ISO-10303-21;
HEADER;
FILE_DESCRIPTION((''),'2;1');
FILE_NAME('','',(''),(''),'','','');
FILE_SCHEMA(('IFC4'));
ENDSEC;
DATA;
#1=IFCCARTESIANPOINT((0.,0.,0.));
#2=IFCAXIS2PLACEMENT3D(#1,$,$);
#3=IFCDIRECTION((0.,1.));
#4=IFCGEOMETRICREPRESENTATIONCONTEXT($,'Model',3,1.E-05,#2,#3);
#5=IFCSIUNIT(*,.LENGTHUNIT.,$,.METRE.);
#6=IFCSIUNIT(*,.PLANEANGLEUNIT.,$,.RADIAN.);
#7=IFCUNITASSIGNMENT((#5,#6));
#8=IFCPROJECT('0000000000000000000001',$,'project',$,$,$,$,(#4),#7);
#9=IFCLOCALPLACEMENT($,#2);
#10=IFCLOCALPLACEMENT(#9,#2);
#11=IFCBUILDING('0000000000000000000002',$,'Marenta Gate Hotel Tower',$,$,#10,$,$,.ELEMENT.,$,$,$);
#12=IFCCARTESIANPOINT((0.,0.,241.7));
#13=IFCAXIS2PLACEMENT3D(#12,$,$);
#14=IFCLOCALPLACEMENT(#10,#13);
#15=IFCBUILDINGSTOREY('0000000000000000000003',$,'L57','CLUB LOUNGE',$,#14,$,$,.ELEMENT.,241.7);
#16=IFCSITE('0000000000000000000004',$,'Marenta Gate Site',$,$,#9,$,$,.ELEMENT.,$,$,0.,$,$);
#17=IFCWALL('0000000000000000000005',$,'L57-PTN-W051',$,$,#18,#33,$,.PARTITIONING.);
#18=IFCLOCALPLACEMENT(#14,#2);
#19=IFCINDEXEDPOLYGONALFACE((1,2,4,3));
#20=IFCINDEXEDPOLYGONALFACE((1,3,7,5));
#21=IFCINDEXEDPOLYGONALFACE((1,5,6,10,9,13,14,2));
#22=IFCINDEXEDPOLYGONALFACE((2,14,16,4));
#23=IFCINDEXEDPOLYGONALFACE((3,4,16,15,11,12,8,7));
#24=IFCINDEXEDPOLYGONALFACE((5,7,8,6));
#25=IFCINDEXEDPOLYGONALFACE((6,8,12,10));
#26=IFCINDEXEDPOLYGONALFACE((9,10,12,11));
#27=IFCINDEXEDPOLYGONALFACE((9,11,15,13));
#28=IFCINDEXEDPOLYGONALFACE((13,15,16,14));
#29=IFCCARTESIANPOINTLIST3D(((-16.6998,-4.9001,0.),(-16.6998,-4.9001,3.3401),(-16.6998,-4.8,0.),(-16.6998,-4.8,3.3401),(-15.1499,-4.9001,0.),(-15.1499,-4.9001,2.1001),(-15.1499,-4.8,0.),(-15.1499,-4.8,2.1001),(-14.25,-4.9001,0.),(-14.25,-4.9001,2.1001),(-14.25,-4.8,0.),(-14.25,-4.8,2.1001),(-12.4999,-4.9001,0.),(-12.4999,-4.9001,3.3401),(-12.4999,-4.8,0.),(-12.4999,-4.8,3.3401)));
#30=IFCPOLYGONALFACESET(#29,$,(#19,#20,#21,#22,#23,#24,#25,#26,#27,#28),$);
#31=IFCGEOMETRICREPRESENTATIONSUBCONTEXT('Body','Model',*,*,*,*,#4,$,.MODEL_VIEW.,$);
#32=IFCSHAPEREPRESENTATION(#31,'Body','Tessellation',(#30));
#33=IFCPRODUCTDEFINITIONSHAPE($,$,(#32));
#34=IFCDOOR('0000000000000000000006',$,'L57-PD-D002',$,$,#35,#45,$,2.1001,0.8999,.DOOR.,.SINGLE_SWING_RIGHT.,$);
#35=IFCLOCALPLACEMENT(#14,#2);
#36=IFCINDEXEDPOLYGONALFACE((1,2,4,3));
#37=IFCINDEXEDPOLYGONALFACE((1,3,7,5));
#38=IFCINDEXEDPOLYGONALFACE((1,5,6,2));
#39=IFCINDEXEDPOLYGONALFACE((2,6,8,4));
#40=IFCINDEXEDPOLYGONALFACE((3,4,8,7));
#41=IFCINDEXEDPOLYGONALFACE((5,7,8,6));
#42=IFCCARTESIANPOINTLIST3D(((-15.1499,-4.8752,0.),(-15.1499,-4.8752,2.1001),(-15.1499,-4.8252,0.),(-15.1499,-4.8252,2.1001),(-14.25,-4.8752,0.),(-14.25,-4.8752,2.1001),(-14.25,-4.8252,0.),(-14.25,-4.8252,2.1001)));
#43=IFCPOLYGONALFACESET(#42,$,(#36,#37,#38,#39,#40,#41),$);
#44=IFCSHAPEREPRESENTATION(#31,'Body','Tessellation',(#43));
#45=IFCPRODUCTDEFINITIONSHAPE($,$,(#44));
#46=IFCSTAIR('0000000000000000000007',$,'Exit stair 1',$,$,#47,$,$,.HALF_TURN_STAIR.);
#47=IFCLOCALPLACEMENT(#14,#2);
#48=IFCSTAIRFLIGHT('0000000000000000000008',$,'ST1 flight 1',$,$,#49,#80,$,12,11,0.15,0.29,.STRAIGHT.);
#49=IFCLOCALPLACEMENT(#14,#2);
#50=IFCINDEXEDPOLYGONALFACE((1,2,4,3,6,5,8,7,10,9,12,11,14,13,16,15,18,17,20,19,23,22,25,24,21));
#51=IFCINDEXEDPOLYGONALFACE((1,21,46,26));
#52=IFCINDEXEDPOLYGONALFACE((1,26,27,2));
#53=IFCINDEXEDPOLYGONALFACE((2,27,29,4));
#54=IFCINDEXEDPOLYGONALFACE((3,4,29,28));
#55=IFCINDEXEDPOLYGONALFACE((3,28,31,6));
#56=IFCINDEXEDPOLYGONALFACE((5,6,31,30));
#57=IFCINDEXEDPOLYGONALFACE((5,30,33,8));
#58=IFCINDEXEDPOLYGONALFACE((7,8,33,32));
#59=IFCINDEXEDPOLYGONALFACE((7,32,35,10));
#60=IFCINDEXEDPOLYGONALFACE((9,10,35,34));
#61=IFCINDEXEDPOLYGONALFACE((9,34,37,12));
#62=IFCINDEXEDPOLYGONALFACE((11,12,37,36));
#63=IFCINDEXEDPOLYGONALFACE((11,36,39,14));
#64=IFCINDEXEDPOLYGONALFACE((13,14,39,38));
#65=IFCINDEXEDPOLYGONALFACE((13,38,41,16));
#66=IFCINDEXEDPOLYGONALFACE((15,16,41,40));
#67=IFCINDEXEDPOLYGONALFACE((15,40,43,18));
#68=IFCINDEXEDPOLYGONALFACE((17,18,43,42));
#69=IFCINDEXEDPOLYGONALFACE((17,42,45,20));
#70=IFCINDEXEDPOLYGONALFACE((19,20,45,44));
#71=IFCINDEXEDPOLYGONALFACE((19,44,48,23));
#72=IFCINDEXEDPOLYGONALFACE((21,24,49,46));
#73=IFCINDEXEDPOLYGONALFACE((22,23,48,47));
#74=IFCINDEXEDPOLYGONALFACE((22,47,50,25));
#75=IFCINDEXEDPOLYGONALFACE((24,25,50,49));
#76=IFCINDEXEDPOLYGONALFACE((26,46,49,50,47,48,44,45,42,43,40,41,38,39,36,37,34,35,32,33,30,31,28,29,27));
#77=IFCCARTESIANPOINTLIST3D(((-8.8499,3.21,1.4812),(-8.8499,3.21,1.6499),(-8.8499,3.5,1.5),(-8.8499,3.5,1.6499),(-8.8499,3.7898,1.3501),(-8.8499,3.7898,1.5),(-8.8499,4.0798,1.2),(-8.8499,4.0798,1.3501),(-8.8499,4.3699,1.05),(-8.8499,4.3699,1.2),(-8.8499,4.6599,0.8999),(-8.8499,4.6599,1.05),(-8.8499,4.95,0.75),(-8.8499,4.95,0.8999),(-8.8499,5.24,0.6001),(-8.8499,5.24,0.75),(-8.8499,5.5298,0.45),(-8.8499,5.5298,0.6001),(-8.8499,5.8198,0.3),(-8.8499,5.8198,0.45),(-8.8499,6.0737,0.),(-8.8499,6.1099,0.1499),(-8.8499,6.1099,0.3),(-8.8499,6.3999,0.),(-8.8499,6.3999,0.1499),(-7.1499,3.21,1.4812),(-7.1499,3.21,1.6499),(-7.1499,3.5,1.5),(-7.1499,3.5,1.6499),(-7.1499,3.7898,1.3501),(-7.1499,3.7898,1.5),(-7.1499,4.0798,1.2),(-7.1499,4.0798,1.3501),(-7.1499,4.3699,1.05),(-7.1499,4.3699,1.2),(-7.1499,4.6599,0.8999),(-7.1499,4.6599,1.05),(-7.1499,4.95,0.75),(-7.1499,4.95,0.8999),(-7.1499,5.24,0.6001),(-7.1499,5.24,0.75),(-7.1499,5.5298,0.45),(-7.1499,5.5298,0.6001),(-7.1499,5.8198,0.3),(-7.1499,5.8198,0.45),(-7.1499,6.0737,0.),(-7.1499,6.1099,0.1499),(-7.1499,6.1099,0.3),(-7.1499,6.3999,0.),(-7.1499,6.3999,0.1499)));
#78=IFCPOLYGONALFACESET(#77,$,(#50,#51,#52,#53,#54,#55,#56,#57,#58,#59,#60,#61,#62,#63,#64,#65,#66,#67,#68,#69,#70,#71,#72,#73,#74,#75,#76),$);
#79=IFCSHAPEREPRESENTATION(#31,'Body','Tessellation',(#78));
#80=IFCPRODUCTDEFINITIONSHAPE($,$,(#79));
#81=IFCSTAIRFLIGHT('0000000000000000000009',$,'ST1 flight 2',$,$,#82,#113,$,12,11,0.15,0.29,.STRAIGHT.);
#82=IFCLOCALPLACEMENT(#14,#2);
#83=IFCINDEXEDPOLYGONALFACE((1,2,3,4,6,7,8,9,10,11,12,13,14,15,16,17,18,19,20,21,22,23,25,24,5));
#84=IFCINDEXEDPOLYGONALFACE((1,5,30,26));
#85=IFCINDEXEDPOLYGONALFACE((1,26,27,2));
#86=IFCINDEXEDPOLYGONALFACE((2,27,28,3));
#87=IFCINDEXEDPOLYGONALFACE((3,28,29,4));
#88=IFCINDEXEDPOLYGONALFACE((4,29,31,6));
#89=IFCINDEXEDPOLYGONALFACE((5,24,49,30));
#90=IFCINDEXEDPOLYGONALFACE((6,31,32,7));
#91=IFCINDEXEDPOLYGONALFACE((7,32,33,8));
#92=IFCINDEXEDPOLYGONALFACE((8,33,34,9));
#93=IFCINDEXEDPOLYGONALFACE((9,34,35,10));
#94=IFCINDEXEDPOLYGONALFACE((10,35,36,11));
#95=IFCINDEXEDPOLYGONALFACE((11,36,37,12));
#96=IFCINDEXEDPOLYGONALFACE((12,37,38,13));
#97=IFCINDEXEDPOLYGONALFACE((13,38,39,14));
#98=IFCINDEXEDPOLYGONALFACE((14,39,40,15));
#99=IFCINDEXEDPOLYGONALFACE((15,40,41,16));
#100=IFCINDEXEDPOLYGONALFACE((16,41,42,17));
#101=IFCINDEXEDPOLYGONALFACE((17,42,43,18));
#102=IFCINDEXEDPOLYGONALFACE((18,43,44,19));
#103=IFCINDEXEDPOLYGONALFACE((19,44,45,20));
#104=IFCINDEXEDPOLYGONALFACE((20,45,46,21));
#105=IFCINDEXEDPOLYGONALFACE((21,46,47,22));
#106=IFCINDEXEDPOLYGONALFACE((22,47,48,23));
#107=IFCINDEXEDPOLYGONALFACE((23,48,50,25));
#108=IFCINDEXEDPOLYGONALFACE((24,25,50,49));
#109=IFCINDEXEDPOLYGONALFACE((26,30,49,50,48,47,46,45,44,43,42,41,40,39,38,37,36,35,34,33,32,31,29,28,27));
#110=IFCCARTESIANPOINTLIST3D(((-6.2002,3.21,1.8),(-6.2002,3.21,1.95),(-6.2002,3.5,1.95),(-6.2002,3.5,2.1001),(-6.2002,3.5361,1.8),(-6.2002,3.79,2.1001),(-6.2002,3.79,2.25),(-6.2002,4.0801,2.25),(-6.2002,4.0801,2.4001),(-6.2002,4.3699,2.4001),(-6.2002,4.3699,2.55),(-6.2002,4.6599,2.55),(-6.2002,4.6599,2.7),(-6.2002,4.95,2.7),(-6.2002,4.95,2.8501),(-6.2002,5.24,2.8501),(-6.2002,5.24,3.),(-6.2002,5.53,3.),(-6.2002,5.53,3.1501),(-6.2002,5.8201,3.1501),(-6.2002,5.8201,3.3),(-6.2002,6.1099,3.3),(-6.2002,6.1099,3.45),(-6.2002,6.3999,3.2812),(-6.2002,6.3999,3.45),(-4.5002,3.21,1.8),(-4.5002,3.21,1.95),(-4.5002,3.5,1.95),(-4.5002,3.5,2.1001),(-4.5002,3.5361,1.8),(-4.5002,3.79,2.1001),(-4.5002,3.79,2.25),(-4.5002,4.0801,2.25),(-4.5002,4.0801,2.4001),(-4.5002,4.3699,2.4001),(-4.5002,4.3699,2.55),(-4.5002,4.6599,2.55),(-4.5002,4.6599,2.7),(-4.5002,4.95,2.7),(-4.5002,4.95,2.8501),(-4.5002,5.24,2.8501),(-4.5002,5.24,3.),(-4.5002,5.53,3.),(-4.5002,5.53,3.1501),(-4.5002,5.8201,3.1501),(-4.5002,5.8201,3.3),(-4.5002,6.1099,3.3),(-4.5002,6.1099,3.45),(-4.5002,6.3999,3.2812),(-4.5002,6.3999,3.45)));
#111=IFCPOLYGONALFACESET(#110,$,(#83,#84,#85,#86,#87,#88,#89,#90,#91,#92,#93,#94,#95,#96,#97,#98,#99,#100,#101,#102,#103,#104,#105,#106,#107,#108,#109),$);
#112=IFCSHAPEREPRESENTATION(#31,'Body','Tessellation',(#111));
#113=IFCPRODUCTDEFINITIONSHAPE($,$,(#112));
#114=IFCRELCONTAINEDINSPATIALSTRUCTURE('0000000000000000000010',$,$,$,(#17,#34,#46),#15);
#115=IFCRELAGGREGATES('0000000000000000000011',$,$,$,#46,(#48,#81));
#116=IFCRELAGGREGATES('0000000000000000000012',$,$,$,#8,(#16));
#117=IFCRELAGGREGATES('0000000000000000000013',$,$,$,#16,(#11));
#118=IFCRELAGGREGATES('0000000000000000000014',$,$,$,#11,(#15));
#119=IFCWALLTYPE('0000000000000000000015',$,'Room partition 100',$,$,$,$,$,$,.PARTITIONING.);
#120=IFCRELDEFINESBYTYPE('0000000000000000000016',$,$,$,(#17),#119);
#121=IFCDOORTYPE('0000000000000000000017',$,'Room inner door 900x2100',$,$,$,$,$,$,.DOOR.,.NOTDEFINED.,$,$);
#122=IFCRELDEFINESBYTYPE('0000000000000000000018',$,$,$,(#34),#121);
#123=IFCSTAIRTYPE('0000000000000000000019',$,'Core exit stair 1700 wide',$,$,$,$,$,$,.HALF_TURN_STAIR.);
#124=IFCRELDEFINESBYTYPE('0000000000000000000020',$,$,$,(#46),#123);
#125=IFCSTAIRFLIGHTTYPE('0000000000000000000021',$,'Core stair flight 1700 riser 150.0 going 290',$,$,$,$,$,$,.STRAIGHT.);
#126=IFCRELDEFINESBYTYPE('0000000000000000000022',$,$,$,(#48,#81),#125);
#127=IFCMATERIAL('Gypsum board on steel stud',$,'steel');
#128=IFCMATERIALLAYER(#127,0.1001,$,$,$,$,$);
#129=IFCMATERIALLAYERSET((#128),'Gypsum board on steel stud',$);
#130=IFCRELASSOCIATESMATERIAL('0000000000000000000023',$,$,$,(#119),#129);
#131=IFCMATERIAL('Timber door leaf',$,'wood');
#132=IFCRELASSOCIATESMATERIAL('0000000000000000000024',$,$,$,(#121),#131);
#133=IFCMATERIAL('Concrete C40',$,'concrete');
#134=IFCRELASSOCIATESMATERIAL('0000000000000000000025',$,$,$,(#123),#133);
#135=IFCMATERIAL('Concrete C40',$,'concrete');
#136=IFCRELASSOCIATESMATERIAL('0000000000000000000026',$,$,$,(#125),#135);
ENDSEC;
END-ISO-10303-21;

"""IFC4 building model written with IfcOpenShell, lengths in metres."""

from ifc_helpers import new_model, si_unit, direction, frame, frame_2d, origin, place, context, subcontext, project, spatial, polyline, rectangle, outline, extrude, material, layer, layer_set, type_object, element, fill, aggregate, save


model = new_model("IFC4")

# Units and contexts
model_context = context("Model", 3, precision=1e-05, world=origin(), true_north=direction((0.0, 1.0)))
body_context = subcontext(model_context, "Body", "Model", "MODEL_VIEW")
ifc_project = project(units=[si_unit("LENGTHUNIT", "METRE"), si_unit("PLANEANGLEUNIT", "RADIAN")], contexts=[model_context])

# Site, building, storey
site_placement = place(None, origin())
site = spatial("IfcSite", under=ifc_project, at=site_placement, Name="Marenta Gate Site", CompositionType="ELEMENT", RefElevation=0.0)
building_placement = place(site_placement, origin())
building = spatial("IfcBuilding", under=site, at=building_placement, Name="Marenta Gate Hotel Tower", CompositionType="ELEMENT")
storey_placement = place(building_placement, frame((0.0, 0.0, 241.7)))
storey = spatial("IfcBuildingStorey", under=building, at=storey_placement, Name="L57", Description="CLUB LOUNGE", CompositionType="ELEMENT", Elevation=241.7)

# Wall, opening, door
ifc_material_1 = material(Name="Gypsum board on steel stud", Category="steel")
ifc_layer_1 = layer(ifc_material_1, 0.1001)
ifc_layer_set_1 = layer_set([ifc_layer_1], Name="Gypsum board on steel stud")
wall_type_1 = type_object("IfcWallType", Name="Room partition 100", PredefinedType="PARTITIONING", material=ifc_layer_set_1)
ifc_material_2 = material(Name="Timber door leaf", Category="wood")
door_type_1 = type_object("IfcDoorType", Name="Room inner door 900x2100", OperationType="NOTDEFINED", PredefinedType="DOOR", material=ifc_material_2)
wall_1_placement = place(storey_placement, frame((-16.7, -4.8501, 0.0), z_axis=(0.0, 0.0, 1.0), x_axis=(1.0, 0.0, 0.0)))
wall_1 = element("IfcWall", 1, at=wall_1_placement, inside=storey, type_object=wall_type_1, Name="L57-PTN-W051", PredefinedType="PARTITIONING", context=body_context, shape_type="SweptSolid", body=[
    extrude(rectangle(XDim=4.2, YDim=0.1001, at=frame_2d((2.1001, 0.0))), origin(), (0.0, 0.0, 1.0), 3.3401),
])
opening_1_placement = place(wall_1_placement, frame((1.55, 0.0, 0.0)))
opening_1 = element("IfcOpeningElement", 2, at=opening_1_placement, cuts=wall_1, PredefinedType="OPENING", context=body_context, shape_type="SweptSolid", body=[
    extrude(rectangle(XDim=0.8999, YDim=2.1001, at=frame_2d((0.45, 1.05))), frame((0.0, 0.05, 0.0), z_axis=(0.0, -1.0, 0.0), x_axis=(1.0, 0.0, 0.0)), (0.0, 0.0, 1.0), 0.1001),
])
door_1_placement = place(opening_1_placement, origin())
door_1 = element("IfcDoor", 3, at=door_1_placement, inside=storey, type_object=door_type_1, Name="L57-PD-D002", OperationType="SINGLE_SWING_RIGHT", OverallHeight=2.1001, OverallWidth=0.8999, PredefinedType="DOOR", context=body_context, shape_type="SweptSolid", body=[
    extrude(rectangle(XDim=0.8999, YDim=2.1001, at=frame_2d((0.45, 1.05))), frame((0.0, 0.0249, 0.0), z_axis=(0.0, -1.0, 0.0), x_axis=(1.0, 0.0, 0.0)), (0.0, 0.0, 1.0), 0.05),
])
fill(opening_1, door_1)

# Stair, stair flights
ifc_material_3 = material(Name="Concrete C40", Category="concrete")
stair_type = type_object("IfcStairType", Name="Core exit stair 1700 wide", PredefinedType="HALF_TURN_STAIR", material=ifc_material_3)
stair_placement = place(storey_placement, origin())
stair = element("IfcStair", 4, at=stair_placement, inside=storey, type_object=stair_type, Name="Exit stair 1", PredefinedType="HALF_TURN_STAIR")
ifc_material_4 = material(Name="Concrete C40", Category="concrete")
stair_flight_type = type_object("IfcStairFlightType", Name="Core stair flight 1700 riser 150.0 going 290", PredefinedType="STRAIGHT", material=ifc_material_4)
stair_flight_1_placement = place(storey_placement, frame((-8.0, 6.3999, 0.0), z_axis=(0.0, 0.0, 1.0), x_axis=(0.0, -1.0, 0.0)))
stair_flight_1 = element("IfcStairFlight", 5, at=stair_flight_1_placement, type_object=stair_flight_type, Name="ST1 flight 1", NumberOfRisers=12, NumberOfTreads=11, PredefinedType="STRAIGHT", RiserHeight=0.15, TreadLength=0.29, context=body_context, shape_type="SweptSolid", body=[
    extrude(outline(polyline([(0.0, 0.0), (0.0, 0.1499), (0.29, 0.1499), (0.29, 0.3), (0.5801, 0.3), (0.5801, 0.45), (0.8701, 0.45), (0.8701, 0.6001), (1.1599, 0.6001), (1.1599, 0.75), (1.45, 0.75), (1.45, 0.8999), (1.74, 0.8999), (1.74, 1.05), (2.03, 1.05), (2.03, 1.2), (2.3201, 1.2), (2.3201, 1.3501), (2.6101, 1.3501), (2.6101, 1.5), (2.8999, 1.5), (2.8999, 1.6499), (3.1899, 1.6499), (3.1899, 1.8), (3.1899, 1.4812), (0.3262, 0.0), (0.0, 0.0)])), frame((0.0, 0.8501, 0.0), z_axis=(0.0, -1.0, 0.0), x_axis=(1.0, 0.0, 0.0)), (0.0, 0.0, 1.0), 1.7),
])
stair_flight_2_placement = place(storey_placement, frame((-5.3501, 3.21, 1.8), z_axis=(0.0, 0.0, 1.0), x_axis=(0.0, 1.0, 0.0)))
stair_flight_2 = element("IfcStairFlight", 6, at=stair_flight_2_placement, type_object=stair_flight_type, Name="ST1 flight 2", NumberOfRisers=12, NumberOfTreads=11, PredefinedType="STRAIGHT", RiserHeight=0.15, TreadLength=0.29, context=body_context, shape_type="SweptSolid", body=[
    extrude(outline(polyline([(0.0, 0.0), (0.0, 0.1499), (0.29, 0.1499), (0.29, 0.3), (0.5801, 0.3), (0.5801, 0.45), (0.8701, 0.45), (0.8701, 0.6001), (1.1599, 0.6001), (1.1599, 0.75), (1.45, 0.75), (1.45, 0.8999), (1.74, 0.8999), (1.74, 1.05), (2.03, 1.05), (2.03, 1.2), (2.3201, 1.2), (2.3201, 1.3501), (2.6101, 1.3501), (2.6101, 1.5), (2.8999, 1.5), (2.8999, 1.6499), (3.1899, 1.6499), (3.1899, 1.8), (3.1899, 1.4812), (0.3262, 0.0), (0.0, 0.0)])), frame((0.0, 0.8501, 0.0), z_axis=(0.0, -1.0, 0.0), x_axis=(1.0, 0.0, 0.0)), (0.0, 0.0, 1.0), 1.7),
])
aggregate(stair, [stair_flight_1, stair_flight_2])

save(model, "model.ifc")
